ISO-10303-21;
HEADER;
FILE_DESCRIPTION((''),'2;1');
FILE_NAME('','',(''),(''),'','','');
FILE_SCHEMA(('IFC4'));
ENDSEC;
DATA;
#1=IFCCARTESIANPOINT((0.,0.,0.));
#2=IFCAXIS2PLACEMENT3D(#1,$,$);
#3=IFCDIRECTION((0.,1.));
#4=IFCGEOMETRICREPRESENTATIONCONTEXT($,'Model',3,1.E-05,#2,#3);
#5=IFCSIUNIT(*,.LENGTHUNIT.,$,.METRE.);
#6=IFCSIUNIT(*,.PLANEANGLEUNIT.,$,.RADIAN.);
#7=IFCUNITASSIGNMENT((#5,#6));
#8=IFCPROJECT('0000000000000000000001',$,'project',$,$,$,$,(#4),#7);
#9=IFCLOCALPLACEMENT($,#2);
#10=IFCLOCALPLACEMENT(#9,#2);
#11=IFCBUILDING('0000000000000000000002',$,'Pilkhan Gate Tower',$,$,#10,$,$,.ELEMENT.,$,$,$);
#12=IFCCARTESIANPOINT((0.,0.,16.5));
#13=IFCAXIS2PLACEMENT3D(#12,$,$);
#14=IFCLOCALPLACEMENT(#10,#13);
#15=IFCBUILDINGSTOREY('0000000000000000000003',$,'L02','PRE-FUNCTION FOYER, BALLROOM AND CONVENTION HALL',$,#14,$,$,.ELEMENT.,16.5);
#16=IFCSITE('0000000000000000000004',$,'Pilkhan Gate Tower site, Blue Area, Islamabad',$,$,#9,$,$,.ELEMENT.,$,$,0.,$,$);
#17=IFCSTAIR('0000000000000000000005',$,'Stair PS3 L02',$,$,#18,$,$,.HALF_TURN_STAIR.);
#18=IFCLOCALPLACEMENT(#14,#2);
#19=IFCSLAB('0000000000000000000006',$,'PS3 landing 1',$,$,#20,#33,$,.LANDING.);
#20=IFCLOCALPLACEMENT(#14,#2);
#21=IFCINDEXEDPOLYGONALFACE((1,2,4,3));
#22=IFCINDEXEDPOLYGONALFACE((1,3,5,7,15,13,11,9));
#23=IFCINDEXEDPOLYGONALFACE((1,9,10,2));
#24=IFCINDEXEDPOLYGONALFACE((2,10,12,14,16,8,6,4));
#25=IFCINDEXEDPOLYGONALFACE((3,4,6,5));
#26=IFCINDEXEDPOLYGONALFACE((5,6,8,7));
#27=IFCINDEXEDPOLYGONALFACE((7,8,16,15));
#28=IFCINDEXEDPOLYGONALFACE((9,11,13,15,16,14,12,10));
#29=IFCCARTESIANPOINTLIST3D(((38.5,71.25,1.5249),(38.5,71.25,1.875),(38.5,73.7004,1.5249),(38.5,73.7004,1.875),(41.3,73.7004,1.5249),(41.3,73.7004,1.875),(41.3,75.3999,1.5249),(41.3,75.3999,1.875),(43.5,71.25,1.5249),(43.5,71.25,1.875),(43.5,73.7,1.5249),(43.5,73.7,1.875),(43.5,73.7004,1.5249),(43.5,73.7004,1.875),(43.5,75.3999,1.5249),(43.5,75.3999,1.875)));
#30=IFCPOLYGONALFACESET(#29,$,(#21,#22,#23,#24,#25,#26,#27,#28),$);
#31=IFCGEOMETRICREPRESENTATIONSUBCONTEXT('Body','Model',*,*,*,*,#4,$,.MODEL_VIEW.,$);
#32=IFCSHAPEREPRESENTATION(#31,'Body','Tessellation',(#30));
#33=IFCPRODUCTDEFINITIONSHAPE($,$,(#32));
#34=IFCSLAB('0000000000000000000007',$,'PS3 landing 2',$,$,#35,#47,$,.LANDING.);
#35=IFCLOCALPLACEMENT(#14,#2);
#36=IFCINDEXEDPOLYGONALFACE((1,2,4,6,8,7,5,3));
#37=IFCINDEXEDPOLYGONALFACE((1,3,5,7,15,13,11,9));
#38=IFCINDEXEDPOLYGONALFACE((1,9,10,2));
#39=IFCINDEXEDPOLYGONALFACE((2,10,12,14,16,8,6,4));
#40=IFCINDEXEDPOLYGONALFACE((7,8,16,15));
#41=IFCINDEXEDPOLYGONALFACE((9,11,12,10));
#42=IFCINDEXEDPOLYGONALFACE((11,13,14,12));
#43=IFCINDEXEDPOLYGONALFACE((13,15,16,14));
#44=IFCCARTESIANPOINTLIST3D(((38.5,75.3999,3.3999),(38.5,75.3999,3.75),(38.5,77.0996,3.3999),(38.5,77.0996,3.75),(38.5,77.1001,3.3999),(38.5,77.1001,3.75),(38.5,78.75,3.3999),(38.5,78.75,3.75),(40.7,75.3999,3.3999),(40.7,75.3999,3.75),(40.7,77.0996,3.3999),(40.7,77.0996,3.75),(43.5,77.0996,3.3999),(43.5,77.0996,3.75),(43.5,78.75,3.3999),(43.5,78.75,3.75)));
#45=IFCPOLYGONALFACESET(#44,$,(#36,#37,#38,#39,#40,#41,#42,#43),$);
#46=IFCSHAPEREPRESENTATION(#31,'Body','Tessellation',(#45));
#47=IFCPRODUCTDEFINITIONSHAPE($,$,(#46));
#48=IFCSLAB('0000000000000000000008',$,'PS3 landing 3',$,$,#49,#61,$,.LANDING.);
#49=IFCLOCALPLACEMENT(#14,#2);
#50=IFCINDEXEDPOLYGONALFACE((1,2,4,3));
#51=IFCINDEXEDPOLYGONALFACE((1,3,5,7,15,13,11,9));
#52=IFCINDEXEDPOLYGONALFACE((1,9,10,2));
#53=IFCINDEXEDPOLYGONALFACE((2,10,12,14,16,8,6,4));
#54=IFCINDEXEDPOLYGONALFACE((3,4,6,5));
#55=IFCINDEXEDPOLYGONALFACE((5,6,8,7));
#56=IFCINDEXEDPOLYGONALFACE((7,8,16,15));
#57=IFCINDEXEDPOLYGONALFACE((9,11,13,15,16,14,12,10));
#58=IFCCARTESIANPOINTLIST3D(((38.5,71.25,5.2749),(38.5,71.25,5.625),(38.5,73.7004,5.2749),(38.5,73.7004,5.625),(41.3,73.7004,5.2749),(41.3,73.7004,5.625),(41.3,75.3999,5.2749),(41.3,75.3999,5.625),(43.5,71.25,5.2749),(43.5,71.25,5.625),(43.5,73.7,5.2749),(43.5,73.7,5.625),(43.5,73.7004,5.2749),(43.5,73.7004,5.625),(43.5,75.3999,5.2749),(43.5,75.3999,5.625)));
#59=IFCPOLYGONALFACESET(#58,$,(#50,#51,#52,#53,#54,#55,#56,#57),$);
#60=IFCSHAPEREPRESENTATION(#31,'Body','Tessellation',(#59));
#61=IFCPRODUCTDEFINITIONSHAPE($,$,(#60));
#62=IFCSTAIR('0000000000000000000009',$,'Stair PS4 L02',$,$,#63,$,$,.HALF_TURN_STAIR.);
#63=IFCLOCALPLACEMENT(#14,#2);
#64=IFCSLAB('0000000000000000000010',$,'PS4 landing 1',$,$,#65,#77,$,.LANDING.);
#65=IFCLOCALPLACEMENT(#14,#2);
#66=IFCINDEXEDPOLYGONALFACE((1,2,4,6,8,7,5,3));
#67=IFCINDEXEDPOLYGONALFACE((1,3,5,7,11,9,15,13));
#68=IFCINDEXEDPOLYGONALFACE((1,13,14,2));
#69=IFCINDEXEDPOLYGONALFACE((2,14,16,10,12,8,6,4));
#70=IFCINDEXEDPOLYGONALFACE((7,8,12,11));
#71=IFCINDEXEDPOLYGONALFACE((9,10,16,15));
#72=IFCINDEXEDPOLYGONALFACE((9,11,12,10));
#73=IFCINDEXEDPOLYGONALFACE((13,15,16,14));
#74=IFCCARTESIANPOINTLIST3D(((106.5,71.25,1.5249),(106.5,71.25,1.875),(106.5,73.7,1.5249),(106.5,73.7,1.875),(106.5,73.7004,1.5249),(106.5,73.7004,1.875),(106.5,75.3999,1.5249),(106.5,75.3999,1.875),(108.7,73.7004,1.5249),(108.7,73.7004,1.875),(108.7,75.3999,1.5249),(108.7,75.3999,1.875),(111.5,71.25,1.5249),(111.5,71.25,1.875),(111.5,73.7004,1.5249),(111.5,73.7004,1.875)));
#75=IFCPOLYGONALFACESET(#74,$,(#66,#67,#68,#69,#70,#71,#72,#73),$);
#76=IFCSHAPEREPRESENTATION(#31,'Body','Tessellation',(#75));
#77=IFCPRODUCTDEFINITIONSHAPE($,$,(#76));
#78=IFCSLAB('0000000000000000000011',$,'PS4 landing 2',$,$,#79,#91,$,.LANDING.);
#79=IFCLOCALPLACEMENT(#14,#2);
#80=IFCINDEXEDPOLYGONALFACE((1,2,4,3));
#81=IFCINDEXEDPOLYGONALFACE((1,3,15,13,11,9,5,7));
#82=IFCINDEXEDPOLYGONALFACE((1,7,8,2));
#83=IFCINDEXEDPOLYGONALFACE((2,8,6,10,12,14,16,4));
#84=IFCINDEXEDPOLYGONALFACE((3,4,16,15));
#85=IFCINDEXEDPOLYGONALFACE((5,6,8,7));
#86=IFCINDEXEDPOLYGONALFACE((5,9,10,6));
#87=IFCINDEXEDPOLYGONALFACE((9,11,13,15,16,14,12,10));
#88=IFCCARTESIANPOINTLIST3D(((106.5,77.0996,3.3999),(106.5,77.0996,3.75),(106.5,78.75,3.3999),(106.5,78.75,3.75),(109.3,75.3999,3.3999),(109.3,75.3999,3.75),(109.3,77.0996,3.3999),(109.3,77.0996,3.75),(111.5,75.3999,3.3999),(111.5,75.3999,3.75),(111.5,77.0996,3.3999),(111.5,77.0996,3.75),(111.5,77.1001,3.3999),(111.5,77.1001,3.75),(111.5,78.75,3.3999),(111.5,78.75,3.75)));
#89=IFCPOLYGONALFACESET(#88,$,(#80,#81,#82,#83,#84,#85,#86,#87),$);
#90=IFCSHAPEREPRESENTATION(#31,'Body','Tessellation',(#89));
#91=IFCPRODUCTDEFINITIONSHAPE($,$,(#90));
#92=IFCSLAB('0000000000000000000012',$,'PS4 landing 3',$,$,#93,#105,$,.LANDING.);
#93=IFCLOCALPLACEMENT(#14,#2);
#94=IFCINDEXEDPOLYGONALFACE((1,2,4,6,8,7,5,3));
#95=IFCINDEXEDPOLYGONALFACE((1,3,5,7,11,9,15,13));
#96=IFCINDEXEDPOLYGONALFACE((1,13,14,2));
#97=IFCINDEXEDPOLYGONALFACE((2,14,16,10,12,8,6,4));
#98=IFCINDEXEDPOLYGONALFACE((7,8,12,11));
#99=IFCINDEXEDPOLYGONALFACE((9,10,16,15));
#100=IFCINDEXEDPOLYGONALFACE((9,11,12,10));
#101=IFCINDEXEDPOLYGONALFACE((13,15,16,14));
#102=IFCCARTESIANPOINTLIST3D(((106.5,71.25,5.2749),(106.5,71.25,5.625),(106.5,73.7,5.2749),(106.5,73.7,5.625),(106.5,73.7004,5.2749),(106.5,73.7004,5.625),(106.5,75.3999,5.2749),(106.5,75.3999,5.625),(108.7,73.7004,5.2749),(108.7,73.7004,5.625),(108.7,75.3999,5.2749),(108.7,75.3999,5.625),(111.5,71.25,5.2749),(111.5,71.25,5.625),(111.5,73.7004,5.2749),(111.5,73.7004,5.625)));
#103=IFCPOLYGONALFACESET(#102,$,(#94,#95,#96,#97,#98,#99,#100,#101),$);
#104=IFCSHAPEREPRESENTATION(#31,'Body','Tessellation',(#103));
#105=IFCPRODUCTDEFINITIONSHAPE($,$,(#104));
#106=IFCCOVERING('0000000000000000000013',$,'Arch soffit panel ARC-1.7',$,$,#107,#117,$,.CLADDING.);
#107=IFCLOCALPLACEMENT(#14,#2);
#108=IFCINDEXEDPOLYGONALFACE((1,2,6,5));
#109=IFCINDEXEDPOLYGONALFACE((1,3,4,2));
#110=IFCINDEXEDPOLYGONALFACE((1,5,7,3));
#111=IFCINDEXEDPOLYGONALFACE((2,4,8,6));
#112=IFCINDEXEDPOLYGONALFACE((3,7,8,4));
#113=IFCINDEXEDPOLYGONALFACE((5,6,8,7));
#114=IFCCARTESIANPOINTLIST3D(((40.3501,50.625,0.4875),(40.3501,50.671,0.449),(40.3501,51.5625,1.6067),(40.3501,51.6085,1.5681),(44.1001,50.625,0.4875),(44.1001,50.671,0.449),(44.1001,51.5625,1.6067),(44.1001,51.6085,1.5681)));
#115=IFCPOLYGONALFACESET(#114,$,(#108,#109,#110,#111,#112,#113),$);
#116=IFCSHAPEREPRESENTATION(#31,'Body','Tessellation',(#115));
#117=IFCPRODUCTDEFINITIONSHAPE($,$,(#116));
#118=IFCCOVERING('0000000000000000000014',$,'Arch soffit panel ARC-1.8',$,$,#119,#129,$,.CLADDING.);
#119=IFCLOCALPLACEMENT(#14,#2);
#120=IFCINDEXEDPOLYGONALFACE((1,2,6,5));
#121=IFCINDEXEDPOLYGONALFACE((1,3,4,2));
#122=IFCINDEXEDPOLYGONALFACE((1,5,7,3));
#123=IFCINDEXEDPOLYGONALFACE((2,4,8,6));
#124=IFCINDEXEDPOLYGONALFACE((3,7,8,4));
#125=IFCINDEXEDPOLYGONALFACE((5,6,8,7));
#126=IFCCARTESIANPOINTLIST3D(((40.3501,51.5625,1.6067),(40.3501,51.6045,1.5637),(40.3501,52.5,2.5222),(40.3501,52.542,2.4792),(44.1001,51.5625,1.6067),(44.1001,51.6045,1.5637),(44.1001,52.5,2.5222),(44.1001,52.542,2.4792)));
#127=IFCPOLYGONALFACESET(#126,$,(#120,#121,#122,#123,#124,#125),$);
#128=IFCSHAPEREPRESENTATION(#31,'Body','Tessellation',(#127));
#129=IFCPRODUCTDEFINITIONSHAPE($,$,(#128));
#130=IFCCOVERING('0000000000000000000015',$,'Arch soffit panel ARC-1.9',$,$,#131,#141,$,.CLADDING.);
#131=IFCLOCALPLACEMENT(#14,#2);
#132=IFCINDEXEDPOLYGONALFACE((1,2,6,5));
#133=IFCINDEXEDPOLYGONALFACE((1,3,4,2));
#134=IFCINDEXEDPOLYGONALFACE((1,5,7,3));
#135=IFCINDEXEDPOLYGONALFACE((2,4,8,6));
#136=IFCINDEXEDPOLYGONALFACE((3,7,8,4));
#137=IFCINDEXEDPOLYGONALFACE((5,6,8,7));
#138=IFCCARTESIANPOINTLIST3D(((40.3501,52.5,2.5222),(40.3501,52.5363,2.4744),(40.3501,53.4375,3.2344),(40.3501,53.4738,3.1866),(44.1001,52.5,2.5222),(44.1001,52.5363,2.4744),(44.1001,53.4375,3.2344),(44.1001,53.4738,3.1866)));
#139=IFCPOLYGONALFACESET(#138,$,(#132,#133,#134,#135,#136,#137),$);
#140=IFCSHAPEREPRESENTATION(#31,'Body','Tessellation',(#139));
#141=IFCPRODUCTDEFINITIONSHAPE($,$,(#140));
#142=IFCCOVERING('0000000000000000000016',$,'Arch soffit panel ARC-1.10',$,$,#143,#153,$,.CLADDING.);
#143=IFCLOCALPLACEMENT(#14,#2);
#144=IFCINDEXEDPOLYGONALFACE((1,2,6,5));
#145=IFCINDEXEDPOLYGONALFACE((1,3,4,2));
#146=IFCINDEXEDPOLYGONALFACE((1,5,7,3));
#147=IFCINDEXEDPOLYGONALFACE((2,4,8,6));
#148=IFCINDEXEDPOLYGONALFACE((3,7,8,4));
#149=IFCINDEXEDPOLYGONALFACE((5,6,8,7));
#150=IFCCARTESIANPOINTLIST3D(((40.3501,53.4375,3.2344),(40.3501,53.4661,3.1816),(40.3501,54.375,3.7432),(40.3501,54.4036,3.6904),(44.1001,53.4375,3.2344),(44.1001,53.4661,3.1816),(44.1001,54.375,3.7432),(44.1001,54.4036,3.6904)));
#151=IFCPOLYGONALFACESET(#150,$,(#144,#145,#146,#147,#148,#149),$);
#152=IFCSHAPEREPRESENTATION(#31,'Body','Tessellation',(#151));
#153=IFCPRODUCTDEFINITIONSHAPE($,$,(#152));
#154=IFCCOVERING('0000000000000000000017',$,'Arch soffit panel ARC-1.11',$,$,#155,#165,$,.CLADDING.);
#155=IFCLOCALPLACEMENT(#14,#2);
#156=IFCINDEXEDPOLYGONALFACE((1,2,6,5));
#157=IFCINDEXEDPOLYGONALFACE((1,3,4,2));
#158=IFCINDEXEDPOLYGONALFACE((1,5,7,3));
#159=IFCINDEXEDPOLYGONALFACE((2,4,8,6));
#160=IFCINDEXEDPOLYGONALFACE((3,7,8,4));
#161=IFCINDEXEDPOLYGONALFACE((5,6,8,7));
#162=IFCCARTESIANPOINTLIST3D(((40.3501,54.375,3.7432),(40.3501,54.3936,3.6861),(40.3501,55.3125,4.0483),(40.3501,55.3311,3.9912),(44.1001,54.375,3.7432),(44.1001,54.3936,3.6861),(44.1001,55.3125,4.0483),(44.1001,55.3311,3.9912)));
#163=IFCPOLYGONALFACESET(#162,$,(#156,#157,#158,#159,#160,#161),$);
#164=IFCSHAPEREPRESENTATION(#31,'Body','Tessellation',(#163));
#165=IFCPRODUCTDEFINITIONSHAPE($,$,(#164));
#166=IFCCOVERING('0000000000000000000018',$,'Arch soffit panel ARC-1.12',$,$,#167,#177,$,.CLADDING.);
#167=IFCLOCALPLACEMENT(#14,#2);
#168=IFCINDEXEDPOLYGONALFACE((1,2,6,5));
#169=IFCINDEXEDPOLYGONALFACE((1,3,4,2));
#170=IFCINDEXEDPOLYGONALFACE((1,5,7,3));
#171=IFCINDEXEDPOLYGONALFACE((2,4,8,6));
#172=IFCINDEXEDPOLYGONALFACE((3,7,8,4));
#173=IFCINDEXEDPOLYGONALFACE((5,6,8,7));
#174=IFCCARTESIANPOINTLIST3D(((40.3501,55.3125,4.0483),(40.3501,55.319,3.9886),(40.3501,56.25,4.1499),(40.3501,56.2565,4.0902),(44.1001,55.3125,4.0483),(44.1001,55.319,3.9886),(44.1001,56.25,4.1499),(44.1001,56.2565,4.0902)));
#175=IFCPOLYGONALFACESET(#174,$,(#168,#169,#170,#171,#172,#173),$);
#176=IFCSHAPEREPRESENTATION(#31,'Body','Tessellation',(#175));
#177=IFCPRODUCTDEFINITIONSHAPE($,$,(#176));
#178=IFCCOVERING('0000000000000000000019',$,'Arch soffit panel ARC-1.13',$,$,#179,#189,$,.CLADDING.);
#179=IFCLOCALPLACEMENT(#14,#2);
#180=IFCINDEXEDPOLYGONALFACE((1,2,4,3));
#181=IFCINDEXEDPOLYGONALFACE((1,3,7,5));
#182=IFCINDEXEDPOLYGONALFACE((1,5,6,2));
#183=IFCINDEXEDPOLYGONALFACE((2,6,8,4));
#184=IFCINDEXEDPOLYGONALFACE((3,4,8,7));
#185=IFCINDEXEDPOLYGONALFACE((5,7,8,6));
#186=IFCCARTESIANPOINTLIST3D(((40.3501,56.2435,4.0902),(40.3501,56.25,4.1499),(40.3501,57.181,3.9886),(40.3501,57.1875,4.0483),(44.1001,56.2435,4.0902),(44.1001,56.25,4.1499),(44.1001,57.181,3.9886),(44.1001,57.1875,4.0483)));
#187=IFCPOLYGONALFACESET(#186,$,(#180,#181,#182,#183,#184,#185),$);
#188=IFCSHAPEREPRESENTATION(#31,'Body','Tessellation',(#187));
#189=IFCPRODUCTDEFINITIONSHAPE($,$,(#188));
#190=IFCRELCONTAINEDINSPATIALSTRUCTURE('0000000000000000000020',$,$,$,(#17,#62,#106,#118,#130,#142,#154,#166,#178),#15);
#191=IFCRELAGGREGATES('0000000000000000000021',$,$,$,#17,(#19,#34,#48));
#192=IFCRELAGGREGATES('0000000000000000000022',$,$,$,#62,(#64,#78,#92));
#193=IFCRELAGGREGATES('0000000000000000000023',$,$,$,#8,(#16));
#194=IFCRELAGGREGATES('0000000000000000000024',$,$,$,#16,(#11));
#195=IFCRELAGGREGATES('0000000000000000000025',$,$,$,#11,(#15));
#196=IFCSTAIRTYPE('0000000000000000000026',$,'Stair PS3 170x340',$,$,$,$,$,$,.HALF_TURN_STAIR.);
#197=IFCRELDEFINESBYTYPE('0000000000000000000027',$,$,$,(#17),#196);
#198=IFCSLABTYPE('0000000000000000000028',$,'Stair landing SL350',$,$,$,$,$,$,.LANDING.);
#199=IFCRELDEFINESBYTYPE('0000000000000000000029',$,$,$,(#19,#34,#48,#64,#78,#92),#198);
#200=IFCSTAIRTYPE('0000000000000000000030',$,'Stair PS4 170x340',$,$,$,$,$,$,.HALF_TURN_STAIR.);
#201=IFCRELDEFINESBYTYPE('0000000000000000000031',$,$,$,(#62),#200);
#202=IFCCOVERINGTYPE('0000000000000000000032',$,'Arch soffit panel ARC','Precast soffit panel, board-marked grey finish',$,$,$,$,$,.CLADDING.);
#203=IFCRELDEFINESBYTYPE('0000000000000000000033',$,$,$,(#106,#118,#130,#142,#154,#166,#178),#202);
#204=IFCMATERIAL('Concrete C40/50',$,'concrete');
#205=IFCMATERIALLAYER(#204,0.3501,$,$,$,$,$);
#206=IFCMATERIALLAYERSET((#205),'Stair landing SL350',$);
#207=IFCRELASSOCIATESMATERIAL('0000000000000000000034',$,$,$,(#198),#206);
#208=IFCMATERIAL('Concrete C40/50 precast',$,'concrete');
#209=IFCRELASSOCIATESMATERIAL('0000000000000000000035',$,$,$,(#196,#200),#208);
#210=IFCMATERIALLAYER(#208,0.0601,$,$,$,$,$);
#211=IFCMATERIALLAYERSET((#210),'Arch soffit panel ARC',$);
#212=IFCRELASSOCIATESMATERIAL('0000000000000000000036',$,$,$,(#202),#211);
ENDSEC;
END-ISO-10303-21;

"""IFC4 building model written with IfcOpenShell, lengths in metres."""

from ifc_helpers import new_model, si_unit, direction, frame, origin, place, context, subcontext, project, spatial, polyline, outline, extrude, material, layer, layer_set, type_object, element, aggregate, save


model = new_model("IFC4")

# Units and contexts
model_context = context("Model", 3, precision=1e-05, world=origin(), true_north=direction((0.0, 1.0)))
body_context = subcontext(model_context, "Body", "Model", "MODEL_VIEW")
ifc_project = project(units=[si_unit("LENGTHUNIT", "METRE"), si_unit("PLANEANGLEUNIT", "RADIAN")], contexts=[model_context])

# Site, building, storey
site_placement = place(None, origin())
site = spatial("IfcSite", under=ifc_project, at=site_placement, Name="Pilkhan Gate Tower site, Blue Area, Islamabad", CompositionType="ELEMENT", RefElevation=0.0)
building_placement = place(site_placement, origin())
building = spatial("IfcBuilding", under=site, at=building_placement, Name="Pilkhan Gate Tower", CompositionType="ELEMENT")
storey_placement = place(building_placement, frame((0.0, 0.0, 16.5)))
storey = spatial("IfcBuildingStorey", under=building, at=storey_placement, Name="L02", Description="PRE-FUNCTION FOYER, BALLROOM AND CONVENTION HALL", CompositionType="ELEMENT", Elevation=16.5)

# Shared definitions
ifc_material_1 = material(Name="Concrete C40/50", Category="concrete")

# Stairs, slabs
ifc_material_2 = material(Name="Concrete C40/50 precast", Category="concrete")
ifc_layer_1 = layer(ifc_material_1, 0.3501)
ifc_layer_set_1 = layer_set([ifc_layer_1], Name="Stair landing SL350")
slab_type_1 = type_object("IfcSlabType", Name="Stair landing SL350", PredefinedType="LANDING", material=ifc_layer_set_1)
stair_type_1 = type_object("IfcStairType", Name="Stair PS3 170x340", PredefinedType="HALF_TURN_STAIR", material=ifc_material_2)
stair_1_placement = place(storey_placement, origin())
stair_1 = element("IfcStair", 1, at=stair_1_placement, inside=storey, type_object=stair_type_1, Name="Stair PS3 L02", PredefinedType="HALF_TURN_STAIR")
slab_1_placement = place(storey_placement, frame((0.0, 0.0, 1.5249)))
slab_1 = element("IfcSlab", 2, at=slab_1_placement, type_object=slab_type_1, Name="PS3 landing 1", PredefinedType="LANDING", context=body_context, shape_type="SweptSolid", body=[
    extrude(outline(polyline([(43.5, 75.3999), (41.3, 75.3999), (41.3, 73.7004), (38.5, 73.7004), (38.5, 71.25), (43.5, 71.25), (43.5, 73.7), (43.5, 73.7004), (43.5, 75.3999)])), origin(), (0.0, 0.0, 1.0), 0.3501),
])
slab_2_placement = place(storey_placement, frame((0.0, 0.0, 3.3999)))
slab_2 = element("IfcSlab", 3, at=slab_2_placement, type_object=slab_type_1, Name="PS3 landing 2", PredefinedType="LANDING", context=body_context, shape_type="SweptSolid", body=[
    extrude(outline(polyline([(43.5, 77.0996), (43.5, 78.75), (38.5, 78.75), (38.5, 77.1001), (38.5, 77.0996), (38.5, 75.3999), (40.7, 75.3999), (40.7, 77.0996), (43.5, 77.0996)])), origin(), (0.0, 0.0, 1.0), 0.3501),
])
slab_3_placement = place(storey_placement, frame((0.0, 0.0, 5.2749)))
slab_3 = element("IfcSlab", 4, at=slab_3_placement, type_object=slab_type_1, Name="PS3 landing 3", PredefinedType="LANDING", context=body_context, shape_type="SweptSolid", body=[
    extrude(outline(polyline([(43.5, 75.3999), (41.3, 75.3999), (41.3, 73.7004), (38.5, 73.7004), (38.5, 71.25), (43.5, 71.25), (43.5, 73.7), (43.5, 73.7004), (43.5, 75.3999)])), origin(), (0.0, 0.0, 1.0), 0.3501),
])
aggregate(stair_1, [slab_1, slab_2, slab_3])
stair_type_2 = type_object("IfcStairType", Name="Stair PS4 170x340", PredefinedType="HALF_TURN_STAIR", material=ifc_material_2)
stair_2_placement = place(storey_placement, origin())
stair_2 = element("IfcStair", 5, at=stair_2_placement, inside=storey, type_object=stair_type_2, Name="Stair PS4 L02", PredefinedType="HALF_TURN_STAIR")
slab_4_placement = place(storey_placement, frame((0.0, 0.0, 1.5249)))
slab_4 = element("IfcSlab", 6, at=slab_4_placement, type_object=slab_type_1, Name="PS4 landing 1", PredefinedType="LANDING", context=body_context, shape_type="SweptSolid", body=[
    extrude(outline(polyline([(106.5, 75.3999), (108.7, 75.3999), (108.7, 73.7004), (111.5, 73.7004), (111.5, 71.25), (106.5, 71.25), (106.5, 73.7), (106.5, 73.7004), (106.5, 75.3999)])), origin(), (0.0, 0.0, 1.0), 0.3501),
])
slab_5_placement = place(storey_placement, frame((0.0, 0.0, 3.3999)))
slab_5 = element("IfcSlab", 7, at=slab_5_placement, type_object=slab_type_1, Name="PS4 landing 2", PredefinedType="LANDING", context=body_context, shape_type="SweptSolid", body=[
    extrude(outline(polyline([(106.5, 77.0996), (106.5, 78.75), (111.5, 78.75), (111.5, 77.1001), (111.5, 77.0996), (111.5, 75.3999), (109.3, 75.3999), (109.3, 77.0996), (106.5, 77.0996)])), origin(), (0.0, 0.0, 1.0), 0.3501),
])
slab_6_placement = place(storey_placement, frame((0.0, 0.0, 5.2749)))
slab_6 = element("IfcSlab", 8, at=slab_6_placement, type_object=slab_type_1, Name="PS4 landing 3", PredefinedType="LANDING", context=body_context, shape_type="SweptSolid", body=[
    extrude(outline(polyline([(106.5, 75.3999), (108.7, 75.3999), (108.7, 73.7004), (111.5, 73.7004), (111.5, 71.25), (106.5, 71.25), (106.5, 73.7), (106.5, 73.7004), (106.5, 75.3999)])), origin(), (0.0, 0.0, 1.0), 0.3501),
])
aggregate(stair_2, [slab_4, slab_5, slab_6])

# Coverings
ifc_layer_2 = layer(ifc_material_2, 0.0601)
ifc_layer_set_2 = layer_set([ifc_layer_2], Name="Arch soffit panel ARC")
covering_type = type_object("IfcCoveringType", Name="Arch soffit panel ARC", Description="Precast soffit panel, board-marked grey finish", PredefinedType="CLADDING", material=ifc_layer_set_2)
covering_1_placement = place(storey_placement, frame((40.3501, 50.625, 0.4875), z_axis=(0.0, -0.766574, 0.642156), x_axis=(1.0, 0.0, 0.0)))
element("IfcCovering", 9, at=covering_1_placement, inside=storey, type_object=covering_type, Name="Arch soffit panel ARC-1.7", PredefinedType="CLADDING", context=body_context, shape_type="SweptSolid", body=[
    extrude(outline(polyline([(0.0, 0.0), (3.75, 0.0), (3.75, 1.4599), (0.0, 1.4599), (0.0, 0.0)])), origin(), (0.0, 0.0, -1.0), 0.0601),
])
covering_2_placement = place(storey_placement, frame((40.3501, 51.5625, 1.6067), z_axis=(0.0, -0.698673, 0.715441), x_axis=(1.0, 0.0, 0.0)))
element("IfcCovering", 10, at=covering_2_placement, inside=storey, type_object=covering_type, Name="Arch soffit panel ARC-1.8", PredefinedType="CLADDING", context=body_context, shape_type="SweptSolid", body=[
    extrude(outline(polyline([(0.0, 0.0), (3.75, 0.0), (3.75, 1.3104), (0.0, 1.3104), (0.0, 0.0)])), origin(), (0.0, 0.0, -1.0), 0.0601),
])
covering_3_placement = place(storey_placement, frame((40.3501, 52.5, 2.5222), z_axis=(0.0, -0.604899, 0.796302), x_axis=(1.0, 0.0, 0.0)))
element("IfcCovering", 11, at=covering_3_placement, inside=storey, type_object=covering_type, Name="Arch soffit panel ARC-1.9", PredefinedType="CLADDING", context=body_context, shape_type="SweptSolid", body=[
    extrude(outline(polyline([(0.0, 0.0), (3.75, 0.0), (3.75, 1.1773), (0.0, 1.1773), (0.0, 0.0)])), origin(), (0.0, 0.0, -1.0), 0.0601),
])
covering_4_placement = place(storey_placement, frame((40.3501, 53.4375, 3.2344), z_axis=(0.0, -0.476991, 0.878908), x_axis=(1.0, 0.0, 0.0)))
element("IfcCovering", 12, at=covering_4_placement, inside=storey, type_object=covering_type, Name="Arch soffit panel ARC-1.10", PredefinedType="CLADDING", context=body_context, shape_type="SweptSolid", body=[
    extrude(outline(polyline([(0.0, 0.0), (3.75, 0.0), (3.75, 1.0667), (0.0, 1.0667), (0.0, 0.0)])), origin(), (0.0, 0.0, -1.0), 0.0601),
])
covering_5_placement = place(storey_placement, frame((40.3501, 54.375, 3.7432), z_axis=(0.0, -0.309534, 0.950888), x_axis=(1.0, 0.0, 0.0)))
element("IfcCovering", 13, at=covering_5_placement, inside=storey, type_object=covering_type, Name="Arch soffit panel ARC-1.11", PredefinedType="CLADDING", context=body_context, shape_type="SweptSolid", body=[
    extrude(outline(polyline([(0.0, 0.0), (3.75, 0.0), (3.75, 0.9859), (0.0, 0.9859), (0.0, 0.0)])), origin(), (0.0, 0.0, -1.0), 0.0601),
])
for number, where, z_axis, x_axis, name in (
    (14, (40.3501, 55.3125, 4.0483), (0.0, -0.107703, 0.994183), (1.0, 0.0, 0.0), "Arch soffit panel ARC-1.12"),
    (15, (40.3501, 56.25, 4.1499), (0.0, 0.107703, 0.994183), (1.0, 0.0, 0.0), "Arch soffit panel ARC-1.13"),
):
    element("IfcCovering", number, at=place(storey_placement, frame(where, z_axis=z_axis, x_axis=x_axis)), inside=storey, type_object=covering_type, Name=name, PredefinedType="CLADDING", context=body_context, shape_type="SweptSolid", body=[
        extrude(outline(polyline([(0.0, 0.0), (3.75, 0.0), (3.75, 0.943), (0.0, 0.943), (0.0, 0.0)])), origin(), (0.0, 0.0, -1.0), 0.0601),
    ])

save(model, "model.ifc")
